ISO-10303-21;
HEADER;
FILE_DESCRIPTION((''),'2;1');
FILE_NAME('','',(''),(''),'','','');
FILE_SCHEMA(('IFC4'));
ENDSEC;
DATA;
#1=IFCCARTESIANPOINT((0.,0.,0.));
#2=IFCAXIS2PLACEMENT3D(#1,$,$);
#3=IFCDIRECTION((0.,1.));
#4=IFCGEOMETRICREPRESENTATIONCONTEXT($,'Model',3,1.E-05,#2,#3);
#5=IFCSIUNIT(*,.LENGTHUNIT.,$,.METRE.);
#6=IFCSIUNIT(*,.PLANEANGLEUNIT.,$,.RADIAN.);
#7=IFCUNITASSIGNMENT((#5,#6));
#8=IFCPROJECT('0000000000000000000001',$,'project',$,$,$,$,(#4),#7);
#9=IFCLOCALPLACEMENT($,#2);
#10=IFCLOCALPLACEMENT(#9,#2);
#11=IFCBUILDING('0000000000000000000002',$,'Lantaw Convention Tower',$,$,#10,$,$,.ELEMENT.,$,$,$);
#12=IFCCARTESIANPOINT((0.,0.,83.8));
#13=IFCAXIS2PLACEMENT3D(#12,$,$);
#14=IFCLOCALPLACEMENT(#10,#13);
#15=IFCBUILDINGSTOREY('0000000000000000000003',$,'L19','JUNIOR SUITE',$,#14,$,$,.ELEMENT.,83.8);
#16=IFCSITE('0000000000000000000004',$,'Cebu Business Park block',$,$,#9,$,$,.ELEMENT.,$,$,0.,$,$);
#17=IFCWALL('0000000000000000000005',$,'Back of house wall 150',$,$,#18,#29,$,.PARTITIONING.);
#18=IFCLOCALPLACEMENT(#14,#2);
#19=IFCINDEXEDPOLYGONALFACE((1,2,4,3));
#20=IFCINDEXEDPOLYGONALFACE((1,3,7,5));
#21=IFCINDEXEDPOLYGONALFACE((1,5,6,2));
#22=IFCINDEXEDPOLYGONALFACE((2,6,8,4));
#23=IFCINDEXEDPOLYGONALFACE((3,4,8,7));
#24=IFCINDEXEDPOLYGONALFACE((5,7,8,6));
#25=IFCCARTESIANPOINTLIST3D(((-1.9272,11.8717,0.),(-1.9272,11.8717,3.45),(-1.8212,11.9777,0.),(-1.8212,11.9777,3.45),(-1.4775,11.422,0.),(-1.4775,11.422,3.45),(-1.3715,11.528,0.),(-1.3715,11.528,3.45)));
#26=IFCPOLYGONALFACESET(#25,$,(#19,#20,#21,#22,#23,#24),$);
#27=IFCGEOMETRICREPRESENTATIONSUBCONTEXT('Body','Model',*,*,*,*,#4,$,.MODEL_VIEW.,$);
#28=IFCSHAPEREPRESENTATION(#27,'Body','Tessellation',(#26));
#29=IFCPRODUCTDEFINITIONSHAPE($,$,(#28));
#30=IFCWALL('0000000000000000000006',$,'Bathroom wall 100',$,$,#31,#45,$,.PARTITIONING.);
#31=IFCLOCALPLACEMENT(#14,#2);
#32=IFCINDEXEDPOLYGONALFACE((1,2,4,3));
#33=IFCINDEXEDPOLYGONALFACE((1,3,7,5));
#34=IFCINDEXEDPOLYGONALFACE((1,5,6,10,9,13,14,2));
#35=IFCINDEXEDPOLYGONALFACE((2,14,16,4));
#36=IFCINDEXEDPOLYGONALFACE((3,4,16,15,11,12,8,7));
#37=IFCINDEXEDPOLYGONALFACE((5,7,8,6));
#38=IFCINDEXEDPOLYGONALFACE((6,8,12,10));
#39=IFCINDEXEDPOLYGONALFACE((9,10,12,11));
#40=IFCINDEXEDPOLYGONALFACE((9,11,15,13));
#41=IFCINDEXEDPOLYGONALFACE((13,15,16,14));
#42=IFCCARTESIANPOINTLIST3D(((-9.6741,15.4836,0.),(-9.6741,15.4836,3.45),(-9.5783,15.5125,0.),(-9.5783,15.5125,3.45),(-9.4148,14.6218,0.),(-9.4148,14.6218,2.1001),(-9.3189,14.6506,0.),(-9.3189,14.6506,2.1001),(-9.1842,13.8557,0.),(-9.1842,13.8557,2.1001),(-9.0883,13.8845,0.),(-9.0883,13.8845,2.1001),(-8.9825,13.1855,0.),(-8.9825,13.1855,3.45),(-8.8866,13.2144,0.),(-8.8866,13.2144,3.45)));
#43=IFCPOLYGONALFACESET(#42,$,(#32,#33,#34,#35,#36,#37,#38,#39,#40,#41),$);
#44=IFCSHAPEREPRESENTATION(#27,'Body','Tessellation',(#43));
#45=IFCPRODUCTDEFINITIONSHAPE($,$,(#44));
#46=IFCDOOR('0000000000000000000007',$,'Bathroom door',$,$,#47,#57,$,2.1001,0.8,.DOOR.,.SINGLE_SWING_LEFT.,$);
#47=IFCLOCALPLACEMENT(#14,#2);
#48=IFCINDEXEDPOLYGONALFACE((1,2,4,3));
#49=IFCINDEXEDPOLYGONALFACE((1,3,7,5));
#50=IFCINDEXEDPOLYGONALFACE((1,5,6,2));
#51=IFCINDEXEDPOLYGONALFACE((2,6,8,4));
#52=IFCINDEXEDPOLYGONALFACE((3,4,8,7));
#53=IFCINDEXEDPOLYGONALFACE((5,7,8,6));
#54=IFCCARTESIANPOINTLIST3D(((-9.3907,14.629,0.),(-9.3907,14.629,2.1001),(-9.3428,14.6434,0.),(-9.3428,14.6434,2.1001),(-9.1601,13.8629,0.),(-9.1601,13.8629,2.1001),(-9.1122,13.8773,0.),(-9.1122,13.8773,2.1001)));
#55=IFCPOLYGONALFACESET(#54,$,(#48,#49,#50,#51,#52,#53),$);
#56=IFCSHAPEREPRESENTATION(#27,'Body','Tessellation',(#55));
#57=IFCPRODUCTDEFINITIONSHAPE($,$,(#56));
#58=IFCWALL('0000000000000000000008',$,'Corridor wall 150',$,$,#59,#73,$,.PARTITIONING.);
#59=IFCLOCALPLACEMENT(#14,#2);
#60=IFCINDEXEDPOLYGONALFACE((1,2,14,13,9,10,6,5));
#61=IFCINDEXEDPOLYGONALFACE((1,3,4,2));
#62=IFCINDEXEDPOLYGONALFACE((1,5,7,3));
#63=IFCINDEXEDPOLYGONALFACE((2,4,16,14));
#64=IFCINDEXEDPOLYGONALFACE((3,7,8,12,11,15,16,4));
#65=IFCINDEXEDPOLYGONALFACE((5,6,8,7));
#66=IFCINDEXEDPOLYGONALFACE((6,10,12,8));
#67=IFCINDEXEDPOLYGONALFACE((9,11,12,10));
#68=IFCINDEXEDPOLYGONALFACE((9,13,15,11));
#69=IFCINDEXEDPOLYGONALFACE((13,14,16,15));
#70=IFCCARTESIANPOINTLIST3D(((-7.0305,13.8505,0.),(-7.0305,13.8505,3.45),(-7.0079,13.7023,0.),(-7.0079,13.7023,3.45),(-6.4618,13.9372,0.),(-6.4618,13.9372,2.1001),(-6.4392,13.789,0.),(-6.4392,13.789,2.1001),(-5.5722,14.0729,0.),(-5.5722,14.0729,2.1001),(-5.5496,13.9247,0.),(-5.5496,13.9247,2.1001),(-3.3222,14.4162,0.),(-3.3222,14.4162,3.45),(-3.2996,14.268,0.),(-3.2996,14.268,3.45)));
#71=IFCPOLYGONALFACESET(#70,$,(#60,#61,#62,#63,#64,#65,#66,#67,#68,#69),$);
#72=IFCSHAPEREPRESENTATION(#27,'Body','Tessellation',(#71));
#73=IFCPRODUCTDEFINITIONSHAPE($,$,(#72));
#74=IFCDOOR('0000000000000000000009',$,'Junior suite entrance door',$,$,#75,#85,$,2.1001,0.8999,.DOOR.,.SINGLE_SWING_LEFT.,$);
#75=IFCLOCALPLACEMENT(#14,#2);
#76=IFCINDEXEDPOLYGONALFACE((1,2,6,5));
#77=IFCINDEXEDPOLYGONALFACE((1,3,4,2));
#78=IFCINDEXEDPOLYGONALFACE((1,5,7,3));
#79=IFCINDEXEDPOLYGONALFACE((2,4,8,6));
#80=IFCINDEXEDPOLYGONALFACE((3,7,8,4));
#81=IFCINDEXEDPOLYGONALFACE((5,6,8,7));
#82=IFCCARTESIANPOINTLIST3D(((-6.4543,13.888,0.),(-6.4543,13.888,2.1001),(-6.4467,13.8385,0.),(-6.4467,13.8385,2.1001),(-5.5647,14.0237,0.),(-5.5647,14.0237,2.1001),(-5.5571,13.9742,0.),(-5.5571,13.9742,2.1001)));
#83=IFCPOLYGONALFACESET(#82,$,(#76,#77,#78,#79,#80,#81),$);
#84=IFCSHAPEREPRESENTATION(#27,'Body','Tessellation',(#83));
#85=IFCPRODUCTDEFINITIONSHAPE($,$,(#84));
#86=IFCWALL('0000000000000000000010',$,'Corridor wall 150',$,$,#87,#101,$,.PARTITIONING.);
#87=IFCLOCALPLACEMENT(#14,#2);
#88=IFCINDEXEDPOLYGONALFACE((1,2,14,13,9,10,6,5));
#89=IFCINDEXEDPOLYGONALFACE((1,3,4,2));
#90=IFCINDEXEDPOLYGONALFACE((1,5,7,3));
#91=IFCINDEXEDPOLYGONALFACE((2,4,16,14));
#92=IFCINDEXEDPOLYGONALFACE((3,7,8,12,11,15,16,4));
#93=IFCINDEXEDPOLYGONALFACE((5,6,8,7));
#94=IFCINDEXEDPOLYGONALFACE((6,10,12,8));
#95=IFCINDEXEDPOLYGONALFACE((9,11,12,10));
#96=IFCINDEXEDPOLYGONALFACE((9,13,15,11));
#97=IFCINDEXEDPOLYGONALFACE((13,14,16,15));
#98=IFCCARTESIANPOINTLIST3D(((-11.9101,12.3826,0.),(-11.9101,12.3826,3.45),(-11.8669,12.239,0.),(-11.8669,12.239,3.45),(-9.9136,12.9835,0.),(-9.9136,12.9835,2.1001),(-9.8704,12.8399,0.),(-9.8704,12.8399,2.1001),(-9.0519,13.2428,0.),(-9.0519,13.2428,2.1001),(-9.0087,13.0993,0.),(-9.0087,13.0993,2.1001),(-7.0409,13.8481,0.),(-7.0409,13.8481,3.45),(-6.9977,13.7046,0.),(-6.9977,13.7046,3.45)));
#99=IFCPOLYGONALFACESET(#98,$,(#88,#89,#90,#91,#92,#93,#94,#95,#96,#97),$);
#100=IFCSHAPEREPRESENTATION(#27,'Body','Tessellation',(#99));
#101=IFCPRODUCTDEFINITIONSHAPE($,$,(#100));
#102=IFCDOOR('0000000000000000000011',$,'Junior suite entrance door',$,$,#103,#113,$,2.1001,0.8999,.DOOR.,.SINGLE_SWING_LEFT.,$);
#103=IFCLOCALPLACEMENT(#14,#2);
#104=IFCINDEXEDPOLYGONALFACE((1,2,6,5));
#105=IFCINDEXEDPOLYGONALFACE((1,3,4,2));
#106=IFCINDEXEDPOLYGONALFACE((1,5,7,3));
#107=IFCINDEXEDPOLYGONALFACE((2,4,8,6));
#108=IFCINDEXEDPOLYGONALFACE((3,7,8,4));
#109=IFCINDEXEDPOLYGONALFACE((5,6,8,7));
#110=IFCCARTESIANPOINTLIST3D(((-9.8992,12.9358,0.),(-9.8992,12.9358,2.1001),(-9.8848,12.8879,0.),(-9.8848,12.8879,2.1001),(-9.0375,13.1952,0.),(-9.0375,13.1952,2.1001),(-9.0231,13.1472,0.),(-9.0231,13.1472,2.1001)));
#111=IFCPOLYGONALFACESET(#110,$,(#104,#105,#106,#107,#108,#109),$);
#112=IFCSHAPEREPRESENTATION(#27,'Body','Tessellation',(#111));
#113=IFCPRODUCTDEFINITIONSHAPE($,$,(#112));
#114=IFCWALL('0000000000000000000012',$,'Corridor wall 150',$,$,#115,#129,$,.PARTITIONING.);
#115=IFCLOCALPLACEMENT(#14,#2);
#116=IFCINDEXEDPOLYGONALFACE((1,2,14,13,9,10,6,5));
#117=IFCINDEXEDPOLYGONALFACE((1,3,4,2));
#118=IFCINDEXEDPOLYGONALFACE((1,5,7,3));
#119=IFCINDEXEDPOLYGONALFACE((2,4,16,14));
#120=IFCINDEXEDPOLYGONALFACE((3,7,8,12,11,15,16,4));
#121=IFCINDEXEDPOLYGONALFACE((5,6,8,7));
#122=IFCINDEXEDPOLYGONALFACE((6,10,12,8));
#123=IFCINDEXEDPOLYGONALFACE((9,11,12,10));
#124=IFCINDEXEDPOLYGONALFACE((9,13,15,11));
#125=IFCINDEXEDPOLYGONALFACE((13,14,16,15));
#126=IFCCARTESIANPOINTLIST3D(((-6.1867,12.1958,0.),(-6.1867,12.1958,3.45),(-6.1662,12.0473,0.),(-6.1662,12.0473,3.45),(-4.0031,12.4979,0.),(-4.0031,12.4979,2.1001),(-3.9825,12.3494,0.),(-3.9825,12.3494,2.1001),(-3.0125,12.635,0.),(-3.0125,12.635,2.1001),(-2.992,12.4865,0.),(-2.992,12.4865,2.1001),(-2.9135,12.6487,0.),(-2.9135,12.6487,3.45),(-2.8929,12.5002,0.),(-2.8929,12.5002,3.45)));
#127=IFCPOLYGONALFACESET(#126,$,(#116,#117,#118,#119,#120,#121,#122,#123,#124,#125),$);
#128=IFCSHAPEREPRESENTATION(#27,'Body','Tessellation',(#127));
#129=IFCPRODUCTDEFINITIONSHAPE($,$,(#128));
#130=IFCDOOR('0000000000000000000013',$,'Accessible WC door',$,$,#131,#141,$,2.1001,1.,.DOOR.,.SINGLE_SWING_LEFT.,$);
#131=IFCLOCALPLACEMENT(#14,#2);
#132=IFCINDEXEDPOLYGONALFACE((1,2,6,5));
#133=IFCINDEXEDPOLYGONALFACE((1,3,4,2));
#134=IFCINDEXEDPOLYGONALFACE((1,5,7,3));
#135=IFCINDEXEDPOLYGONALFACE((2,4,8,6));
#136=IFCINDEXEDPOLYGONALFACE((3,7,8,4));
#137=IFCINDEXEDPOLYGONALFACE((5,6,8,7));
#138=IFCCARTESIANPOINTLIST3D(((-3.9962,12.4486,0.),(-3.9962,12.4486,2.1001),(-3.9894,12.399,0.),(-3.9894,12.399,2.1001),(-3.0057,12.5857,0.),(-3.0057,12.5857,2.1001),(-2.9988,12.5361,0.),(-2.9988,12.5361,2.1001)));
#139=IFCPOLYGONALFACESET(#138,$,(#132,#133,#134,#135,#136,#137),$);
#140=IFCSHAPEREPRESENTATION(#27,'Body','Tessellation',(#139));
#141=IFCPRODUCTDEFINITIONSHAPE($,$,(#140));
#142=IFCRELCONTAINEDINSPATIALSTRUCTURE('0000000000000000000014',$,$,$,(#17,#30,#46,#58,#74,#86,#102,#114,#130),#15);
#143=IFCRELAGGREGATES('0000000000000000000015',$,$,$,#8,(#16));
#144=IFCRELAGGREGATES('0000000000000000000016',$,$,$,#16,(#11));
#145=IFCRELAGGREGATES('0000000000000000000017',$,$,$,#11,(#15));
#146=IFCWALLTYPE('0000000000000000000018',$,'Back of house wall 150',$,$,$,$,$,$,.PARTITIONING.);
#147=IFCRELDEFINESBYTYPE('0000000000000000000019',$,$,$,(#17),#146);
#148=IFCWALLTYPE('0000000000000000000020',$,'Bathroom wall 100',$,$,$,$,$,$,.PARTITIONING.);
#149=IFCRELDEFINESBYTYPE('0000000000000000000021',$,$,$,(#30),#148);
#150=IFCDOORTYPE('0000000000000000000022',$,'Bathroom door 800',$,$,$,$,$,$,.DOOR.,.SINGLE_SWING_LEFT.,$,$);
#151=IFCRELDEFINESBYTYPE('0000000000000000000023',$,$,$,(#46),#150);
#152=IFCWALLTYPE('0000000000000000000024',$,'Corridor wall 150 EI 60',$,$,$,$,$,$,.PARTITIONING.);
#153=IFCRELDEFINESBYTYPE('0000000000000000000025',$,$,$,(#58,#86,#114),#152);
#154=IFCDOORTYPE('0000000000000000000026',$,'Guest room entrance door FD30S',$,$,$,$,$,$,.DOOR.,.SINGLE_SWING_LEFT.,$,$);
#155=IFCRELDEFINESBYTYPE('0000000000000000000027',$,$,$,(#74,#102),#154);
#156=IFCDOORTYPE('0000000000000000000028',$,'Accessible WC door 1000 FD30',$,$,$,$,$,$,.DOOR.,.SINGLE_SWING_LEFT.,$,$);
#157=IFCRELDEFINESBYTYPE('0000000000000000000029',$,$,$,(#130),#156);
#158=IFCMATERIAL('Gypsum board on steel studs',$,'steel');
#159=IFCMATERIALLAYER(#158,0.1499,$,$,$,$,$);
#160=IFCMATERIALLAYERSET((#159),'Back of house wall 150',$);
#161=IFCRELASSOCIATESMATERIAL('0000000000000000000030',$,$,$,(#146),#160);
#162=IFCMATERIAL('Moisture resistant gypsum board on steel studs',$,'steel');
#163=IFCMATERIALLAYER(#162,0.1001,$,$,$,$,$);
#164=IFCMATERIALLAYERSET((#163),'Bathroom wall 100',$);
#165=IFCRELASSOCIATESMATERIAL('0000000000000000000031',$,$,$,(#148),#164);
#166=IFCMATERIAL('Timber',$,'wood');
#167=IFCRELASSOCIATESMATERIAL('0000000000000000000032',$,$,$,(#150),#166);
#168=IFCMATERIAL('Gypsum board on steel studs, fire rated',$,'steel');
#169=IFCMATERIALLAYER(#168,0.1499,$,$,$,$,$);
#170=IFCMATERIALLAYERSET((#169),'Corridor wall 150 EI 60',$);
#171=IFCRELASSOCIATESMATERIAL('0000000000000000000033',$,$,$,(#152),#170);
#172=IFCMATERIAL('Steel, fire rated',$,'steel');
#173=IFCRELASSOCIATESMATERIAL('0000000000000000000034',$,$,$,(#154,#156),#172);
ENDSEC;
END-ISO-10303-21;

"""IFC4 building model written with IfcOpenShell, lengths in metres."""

from ifc_helpers import new_model, si_unit, direction, frame, frame_2d, origin, place, context, subcontext, project, spatial, rectangle, extrude, material, layer, layer_set, type_object, element, fill, save


model = new_model("IFC4")

# Units and contexts
model_context = context("Model", 3, precision=1e-05, world=origin(), true_north=direction((0.0, 1.0)))
body_context = subcontext(model_context, "Body", "Model", "MODEL_VIEW")
ifc_project = project(units=[si_unit("LENGTHUNIT", "METRE"), si_unit("PLANEANGLEUNIT", "RADIAN")], contexts=[model_context])

# Site, building, storey
site_placement = place(None, origin())
site = spatial("IfcSite", under=ifc_project, at=site_placement, Name="Cebu Business Park block", CompositionType="ELEMENT", RefElevation=0.0)
building_placement = place(site_placement, origin())
building = spatial("IfcBuilding", under=site, at=building_placement, Name="Lantaw Convention Tower", CompositionType="ELEMENT")
storey_placement = place(building_placement, frame((0.0, 0.0, 83.8)))
storey = spatial("IfcBuildingStorey", under=building, at=storey_placement, Name="L19", Description="JUNIOR SUITE", CompositionType="ELEMENT", Elevation=83.8)

# Wall
ifc_material_1 = material(Name="Gypsum board on steel studs", Category="steel")
ifc_layer_1 = layer(ifc_material_1, 0.1499)
ifc_layer_set_1 = layer_set([ifc_layer_1], Name="Back of house wall 150")
wall_type_1 = type_object("IfcWallType", Name="Back of house wall 150", PredefinedType="PARTITIONING", material=ifc_layer_set_1)
wall_1_placement = place(storey_placement, frame((-1.4246, 11.4751, 0.0), z_axis=(0.0, 0.0, 1.0), x_axis=(-0.707107, 0.707107, 0.0)))
element("IfcWall", 1, at=wall_1_placement, inside=storey, type_object=wall_type_1, Name="Back of house wall 150", PredefinedType="PARTITIONING", context=body_context, shape_type="SweptSolid", body=[
    extrude(rectangle(XDim=0.636, YDim=0.1499, at=frame_2d((0.3179, 0.0))), origin(), (0.0, 0.0, 1.0), 3.45),
])

# Walls, openings, doors
ifc_material_2 = material(Name="Moisture resistant gypsum board on steel studs", Category="steel")
ifc_layer_2 = layer(ifc_material_2, 0.1001)
ifc_layer_set_2 = layer_set([ifc_layer_2], Name="Bathroom wall 100")
wall_type_2 = type_object("IfcWallType", Name="Bathroom wall 100", PredefinedType="PARTITIONING", material=ifc_layer_set_2)
wall_2_placement = place(storey_placement, frame((-8.9346, 13.2, 0.0), z_axis=(0.0, 0.0, 1.0), x_axis=(-0.288197, 0.957571, 0.0)))
wall_2 = element("IfcWall", 2, at=wall_2_placement, inside=storey, type_object=wall_type_2, Name="Bathroom wall 100", PredefinedType="PARTITIONING", context=body_context, shape_type="SweptSolid", body=[
    extrude(rectangle(XDim=2.3999, YDim=0.1001, at=frame_2d((1.2, 0.0))), origin(), (0.0, 0.0, 1.0), 3.45),
])
opening_1_placement = place(wall_2_placement, frame((0.7, 0.0, 0.0)))
opening_1 = element("IfcOpeningElement", 3, at=opening_1_placement, cuts=wall_2, PredefinedType="OPENING", context=body_context, shape_type="SweptSolid", body=[
    extrude(rectangle(XDim=0.8, YDim=2.1001, at=frame_2d((0.3999, 1.05))), frame((0.0, 0.0601, 0.0), z_axis=(0.0, -1.0, 0.0), x_axis=(1.0, 0.0, 0.0)), (0.0, 0.0, 1.0), 0.1201),
])
ifc_material_3 = material(Name="Timber", Category="wood")
door_type_1 = type_object("IfcDoorType", Name="Bathroom door 800", OperationType="SINGLE_SWING_LEFT", PredefinedType="DOOR", material=ifc_material_3)
door_1_placement = place(opening_1_placement, origin())
door_1 = element("IfcDoor", 4, at=door_1_placement, inside=storey, type_object=door_type_1, Name="Bathroom door", OperationType="SINGLE_SWING_LEFT", OverallHeight=2.1001, OverallWidth=0.8, PredefinedType="DOOR", context=body_context, shape_type="SweptSolid", body=[
    extrude(rectangle(XDim=0.8, YDim=2.1001, at=frame_2d((0.3999, 1.05))), frame((0.0, 0.0249, 0.0), z_axis=(0.0, -1.0, 0.0), x_axis=(1.0, 0.0, 0.0)), (0.0, 0.0, 1.0), 0.05),
])
fill(opening_1, door_1)
ifc_material_4 = material(Name="Gypsum board on steel studs, fire rated", Category="steel")
ifc_layer_3 = layer(ifc_material_4, 0.1499)
ifc_layer_set_3 = layer_set([ifc_layer_3], Name="Corridor wall 150 EI 60")
wall_type_3 = type_object("IfcWallType", Name="Corridor wall 150 EI 60", PredefinedType="PARTITIONING", material=ifc_layer_set_3)
wall_3_placement = place(storey_placement, frame((-3.311, 14.342, 0.0), z_axis=(0.0, 0.0, 1.0), x_axis=(-0.988564, -0.1508, 0.0)))
wall_3 = element("IfcWall", 5, at=wall_3_placement, inside=storey, type_object=wall_type_3, Name="Corridor wall 150", PredefinedType="PARTITIONING", context=body_context, shape_type="SweptSolid", body=[
    extrude(rectangle(XDim=3.7512, YDim=0.1499, at=frame_2d((1.8755, 0.0))), origin(), (0.0, 0.0, 1.0), 3.45),
])
opening_2_placement = place(wall_3_placement, frame((2.2759, 0.0, 0.0)))
opening_2 = element("IfcOpeningElement", 6, at=opening_2_placement, cuts=wall_3, PredefinedType="OPENING", context=body_context, shape_type="SweptSolid", body=[
    extrude(rectangle(XDim=0.8999, YDim=2.1001, at=frame_2d((0.45, 1.05))), frame((0.0, 0.085, 0.0), z_axis=(0.0, -1.0, 0.0), x_axis=(1.0, 0.0, 0.0)), (0.0, 0.0, 1.0), 0.1699),
])
ifc_material_5 = material(Name="Steel, fire rated", Category="steel")
door_type_2 = type_object("IfcDoorType", Name="Guest room entrance door FD30S", OperationType="SINGLE_SWING_LEFT", PredefinedType="DOOR", material=ifc_material_5)
door_2_placement = place(opening_2_placement, origin())
door_2 = element("IfcDoor", 7, at=door_2_placement, inside=storey, type_object=door_type_2, Name="Junior suite entrance door", OperationType="SINGLE_SWING_LEFT", OverallHeight=2.1001, OverallWidth=0.8999, PredefinedType="DOOR", context=body_context, shape_type="SweptSolid", body=[
    extrude(rectangle(XDim=0.8999, YDim=2.1001, at=frame_2d((0.45, 1.05))), frame((0.0, 0.0249, 0.0), z_axis=(0.0, -1.0, 0.0), x_axis=(1.0, 0.0, 0.0)), (0.0, 0.0, 1.0), 0.05),
])
fill(opening_2, door_2)
wall_4_placement = place(storey_placement, frame((-7.0193, 13.7764, 0.0), z_axis=(0.0, 0.0, 1.0), x_axis=(-0.957564, -0.28822, 0.0)))
wall_4 = element("IfcWall", 8, at=wall_4_placement, inside=storey, type_object=wall_type_3, Name="Corridor wall 150", PredefinedType="PARTITIONING", context=body_context, shape_type="SweptSolid", body=[
    extrude(rectangle(XDim=5.085, YDim=0.1499, at=frame_2d((2.5425, 0.0))), origin(), (0.0, 0.0, 1.0), 3.45),
])
opening_3_placement = place(wall_4_placement, frame((2.1001, 0.0, 0.0)))
opening_3 = element("IfcOpeningElement", 9, at=opening_3_placement, cuts=wall_4, PredefinedType="OPENING", context=body_context, shape_type="SweptSolid", body=[
    extrude(rectangle(XDim=0.8999, YDim=2.1001, at=frame_2d((0.45, 1.05))), frame((0.0, 0.085, 0.0), z_axis=(0.0, -1.0, 0.0), x_axis=(1.0, 0.0, 0.0)), (0.0, 0.0, 1.0), 0.1699),
])
door_3_placement = place(opening_3_placement, origin())
door_3 = element("IfcDoor", 10, at=door_3_placement, inside=storey, type_object=door_type_2, Name="Junior suite entrance door", OperationType="SINGLE_SWING_LEFT", OverallHeight=2.1001, OverallWidth=0.8999, PredefinedType="DOOR", context=body_context, shape_type="SweptSolid", body=[
    extrude(rectangle(XDim=0.8999, YDim=2.1001, at=frame_2d((0.45, 1.05))), frame((0.0, 0.0249, 0.0), z_axis=(0.0, -1.0, 0.0), x_axis=(1.0, 0.0, 0.0)), (0.0, 0.0, 1.0), 0.05),
])
fill(opening_3, door_3)
wall_5_placement = place(storey_placement, frame((-2.9031, 12.5745, 0.0), z_axis=(0.0, 0.0, 1.0), x_axis=(-0.990563, -0.137055, 0.0)))
wall_5 = element("IfcWall", 11, at=wall_5_placement, inside=storey, type_object=wall_type_3, Name="Corridor wall 150", PredefinedType="PARTITIONING", context=body_context, shape_type="SweptSolid", body=[
    extrude(rectangle(XDim=3.3044, YDim=0.1499, at=frame_2d((1.6523, 0.0))), origin(), (0.0, 0.0, 1.0), 3.45),
])
opening_4_placement = place(wall_5_placement, frame((0.1001, 0.0, 0.0)))
opening_4 = element("IfcOpeningElement", 12, at=opening_4_placement, cuts=wall_5, PredefinedType="OPENING", context=body_context, shape_type="SweptSolid", body=[
    extrude(rectangle(XDim=1.0, YDim=2.1001, at=frame_2d((0.5, 1.05))), frame((0.0, 0.085, 0.0), z_axis=(0.0, -1.0, 0.0), x_axis=(1.0, 0.0, 0.0)), (0.0, 0.0, 1.0), 0.1699),
])
door_type_3 = type_object("IfcDoorType", Name="Accessible WC door 1000 FD30", OperationType="SINGLE_SWING_LEFT", PredefinedType="DOOR", material=ifc_material_5)
door_4_placement = place(opening_4_placement, origin())
door_4 = element("IfcDoor", 13, at=door_4_placement, inside=storey, type_object=door_type_3, Name="Accessible WC door", OperationType="SINGLE_SWING_LEFT", OverallHeight=2.1001, OverallWidth=1.0, PredefinedType="DOOR", context=body_context, shape_type="SweptSolid", body=[
    extrude(rectangle(XDim=1.0, YDim=2.1001, at=frame_2d((0.5, 1.05))), frame((0.0, 0.0249, 0.0), z_axis=(0.0, -1.0, 0.0), x_axis=(1.0, 0.0, 0.0)), (0.0, 0.0, 1.0), 0.05),
])
fill(opening_4, door_4)

save(model, "model.ifc")
